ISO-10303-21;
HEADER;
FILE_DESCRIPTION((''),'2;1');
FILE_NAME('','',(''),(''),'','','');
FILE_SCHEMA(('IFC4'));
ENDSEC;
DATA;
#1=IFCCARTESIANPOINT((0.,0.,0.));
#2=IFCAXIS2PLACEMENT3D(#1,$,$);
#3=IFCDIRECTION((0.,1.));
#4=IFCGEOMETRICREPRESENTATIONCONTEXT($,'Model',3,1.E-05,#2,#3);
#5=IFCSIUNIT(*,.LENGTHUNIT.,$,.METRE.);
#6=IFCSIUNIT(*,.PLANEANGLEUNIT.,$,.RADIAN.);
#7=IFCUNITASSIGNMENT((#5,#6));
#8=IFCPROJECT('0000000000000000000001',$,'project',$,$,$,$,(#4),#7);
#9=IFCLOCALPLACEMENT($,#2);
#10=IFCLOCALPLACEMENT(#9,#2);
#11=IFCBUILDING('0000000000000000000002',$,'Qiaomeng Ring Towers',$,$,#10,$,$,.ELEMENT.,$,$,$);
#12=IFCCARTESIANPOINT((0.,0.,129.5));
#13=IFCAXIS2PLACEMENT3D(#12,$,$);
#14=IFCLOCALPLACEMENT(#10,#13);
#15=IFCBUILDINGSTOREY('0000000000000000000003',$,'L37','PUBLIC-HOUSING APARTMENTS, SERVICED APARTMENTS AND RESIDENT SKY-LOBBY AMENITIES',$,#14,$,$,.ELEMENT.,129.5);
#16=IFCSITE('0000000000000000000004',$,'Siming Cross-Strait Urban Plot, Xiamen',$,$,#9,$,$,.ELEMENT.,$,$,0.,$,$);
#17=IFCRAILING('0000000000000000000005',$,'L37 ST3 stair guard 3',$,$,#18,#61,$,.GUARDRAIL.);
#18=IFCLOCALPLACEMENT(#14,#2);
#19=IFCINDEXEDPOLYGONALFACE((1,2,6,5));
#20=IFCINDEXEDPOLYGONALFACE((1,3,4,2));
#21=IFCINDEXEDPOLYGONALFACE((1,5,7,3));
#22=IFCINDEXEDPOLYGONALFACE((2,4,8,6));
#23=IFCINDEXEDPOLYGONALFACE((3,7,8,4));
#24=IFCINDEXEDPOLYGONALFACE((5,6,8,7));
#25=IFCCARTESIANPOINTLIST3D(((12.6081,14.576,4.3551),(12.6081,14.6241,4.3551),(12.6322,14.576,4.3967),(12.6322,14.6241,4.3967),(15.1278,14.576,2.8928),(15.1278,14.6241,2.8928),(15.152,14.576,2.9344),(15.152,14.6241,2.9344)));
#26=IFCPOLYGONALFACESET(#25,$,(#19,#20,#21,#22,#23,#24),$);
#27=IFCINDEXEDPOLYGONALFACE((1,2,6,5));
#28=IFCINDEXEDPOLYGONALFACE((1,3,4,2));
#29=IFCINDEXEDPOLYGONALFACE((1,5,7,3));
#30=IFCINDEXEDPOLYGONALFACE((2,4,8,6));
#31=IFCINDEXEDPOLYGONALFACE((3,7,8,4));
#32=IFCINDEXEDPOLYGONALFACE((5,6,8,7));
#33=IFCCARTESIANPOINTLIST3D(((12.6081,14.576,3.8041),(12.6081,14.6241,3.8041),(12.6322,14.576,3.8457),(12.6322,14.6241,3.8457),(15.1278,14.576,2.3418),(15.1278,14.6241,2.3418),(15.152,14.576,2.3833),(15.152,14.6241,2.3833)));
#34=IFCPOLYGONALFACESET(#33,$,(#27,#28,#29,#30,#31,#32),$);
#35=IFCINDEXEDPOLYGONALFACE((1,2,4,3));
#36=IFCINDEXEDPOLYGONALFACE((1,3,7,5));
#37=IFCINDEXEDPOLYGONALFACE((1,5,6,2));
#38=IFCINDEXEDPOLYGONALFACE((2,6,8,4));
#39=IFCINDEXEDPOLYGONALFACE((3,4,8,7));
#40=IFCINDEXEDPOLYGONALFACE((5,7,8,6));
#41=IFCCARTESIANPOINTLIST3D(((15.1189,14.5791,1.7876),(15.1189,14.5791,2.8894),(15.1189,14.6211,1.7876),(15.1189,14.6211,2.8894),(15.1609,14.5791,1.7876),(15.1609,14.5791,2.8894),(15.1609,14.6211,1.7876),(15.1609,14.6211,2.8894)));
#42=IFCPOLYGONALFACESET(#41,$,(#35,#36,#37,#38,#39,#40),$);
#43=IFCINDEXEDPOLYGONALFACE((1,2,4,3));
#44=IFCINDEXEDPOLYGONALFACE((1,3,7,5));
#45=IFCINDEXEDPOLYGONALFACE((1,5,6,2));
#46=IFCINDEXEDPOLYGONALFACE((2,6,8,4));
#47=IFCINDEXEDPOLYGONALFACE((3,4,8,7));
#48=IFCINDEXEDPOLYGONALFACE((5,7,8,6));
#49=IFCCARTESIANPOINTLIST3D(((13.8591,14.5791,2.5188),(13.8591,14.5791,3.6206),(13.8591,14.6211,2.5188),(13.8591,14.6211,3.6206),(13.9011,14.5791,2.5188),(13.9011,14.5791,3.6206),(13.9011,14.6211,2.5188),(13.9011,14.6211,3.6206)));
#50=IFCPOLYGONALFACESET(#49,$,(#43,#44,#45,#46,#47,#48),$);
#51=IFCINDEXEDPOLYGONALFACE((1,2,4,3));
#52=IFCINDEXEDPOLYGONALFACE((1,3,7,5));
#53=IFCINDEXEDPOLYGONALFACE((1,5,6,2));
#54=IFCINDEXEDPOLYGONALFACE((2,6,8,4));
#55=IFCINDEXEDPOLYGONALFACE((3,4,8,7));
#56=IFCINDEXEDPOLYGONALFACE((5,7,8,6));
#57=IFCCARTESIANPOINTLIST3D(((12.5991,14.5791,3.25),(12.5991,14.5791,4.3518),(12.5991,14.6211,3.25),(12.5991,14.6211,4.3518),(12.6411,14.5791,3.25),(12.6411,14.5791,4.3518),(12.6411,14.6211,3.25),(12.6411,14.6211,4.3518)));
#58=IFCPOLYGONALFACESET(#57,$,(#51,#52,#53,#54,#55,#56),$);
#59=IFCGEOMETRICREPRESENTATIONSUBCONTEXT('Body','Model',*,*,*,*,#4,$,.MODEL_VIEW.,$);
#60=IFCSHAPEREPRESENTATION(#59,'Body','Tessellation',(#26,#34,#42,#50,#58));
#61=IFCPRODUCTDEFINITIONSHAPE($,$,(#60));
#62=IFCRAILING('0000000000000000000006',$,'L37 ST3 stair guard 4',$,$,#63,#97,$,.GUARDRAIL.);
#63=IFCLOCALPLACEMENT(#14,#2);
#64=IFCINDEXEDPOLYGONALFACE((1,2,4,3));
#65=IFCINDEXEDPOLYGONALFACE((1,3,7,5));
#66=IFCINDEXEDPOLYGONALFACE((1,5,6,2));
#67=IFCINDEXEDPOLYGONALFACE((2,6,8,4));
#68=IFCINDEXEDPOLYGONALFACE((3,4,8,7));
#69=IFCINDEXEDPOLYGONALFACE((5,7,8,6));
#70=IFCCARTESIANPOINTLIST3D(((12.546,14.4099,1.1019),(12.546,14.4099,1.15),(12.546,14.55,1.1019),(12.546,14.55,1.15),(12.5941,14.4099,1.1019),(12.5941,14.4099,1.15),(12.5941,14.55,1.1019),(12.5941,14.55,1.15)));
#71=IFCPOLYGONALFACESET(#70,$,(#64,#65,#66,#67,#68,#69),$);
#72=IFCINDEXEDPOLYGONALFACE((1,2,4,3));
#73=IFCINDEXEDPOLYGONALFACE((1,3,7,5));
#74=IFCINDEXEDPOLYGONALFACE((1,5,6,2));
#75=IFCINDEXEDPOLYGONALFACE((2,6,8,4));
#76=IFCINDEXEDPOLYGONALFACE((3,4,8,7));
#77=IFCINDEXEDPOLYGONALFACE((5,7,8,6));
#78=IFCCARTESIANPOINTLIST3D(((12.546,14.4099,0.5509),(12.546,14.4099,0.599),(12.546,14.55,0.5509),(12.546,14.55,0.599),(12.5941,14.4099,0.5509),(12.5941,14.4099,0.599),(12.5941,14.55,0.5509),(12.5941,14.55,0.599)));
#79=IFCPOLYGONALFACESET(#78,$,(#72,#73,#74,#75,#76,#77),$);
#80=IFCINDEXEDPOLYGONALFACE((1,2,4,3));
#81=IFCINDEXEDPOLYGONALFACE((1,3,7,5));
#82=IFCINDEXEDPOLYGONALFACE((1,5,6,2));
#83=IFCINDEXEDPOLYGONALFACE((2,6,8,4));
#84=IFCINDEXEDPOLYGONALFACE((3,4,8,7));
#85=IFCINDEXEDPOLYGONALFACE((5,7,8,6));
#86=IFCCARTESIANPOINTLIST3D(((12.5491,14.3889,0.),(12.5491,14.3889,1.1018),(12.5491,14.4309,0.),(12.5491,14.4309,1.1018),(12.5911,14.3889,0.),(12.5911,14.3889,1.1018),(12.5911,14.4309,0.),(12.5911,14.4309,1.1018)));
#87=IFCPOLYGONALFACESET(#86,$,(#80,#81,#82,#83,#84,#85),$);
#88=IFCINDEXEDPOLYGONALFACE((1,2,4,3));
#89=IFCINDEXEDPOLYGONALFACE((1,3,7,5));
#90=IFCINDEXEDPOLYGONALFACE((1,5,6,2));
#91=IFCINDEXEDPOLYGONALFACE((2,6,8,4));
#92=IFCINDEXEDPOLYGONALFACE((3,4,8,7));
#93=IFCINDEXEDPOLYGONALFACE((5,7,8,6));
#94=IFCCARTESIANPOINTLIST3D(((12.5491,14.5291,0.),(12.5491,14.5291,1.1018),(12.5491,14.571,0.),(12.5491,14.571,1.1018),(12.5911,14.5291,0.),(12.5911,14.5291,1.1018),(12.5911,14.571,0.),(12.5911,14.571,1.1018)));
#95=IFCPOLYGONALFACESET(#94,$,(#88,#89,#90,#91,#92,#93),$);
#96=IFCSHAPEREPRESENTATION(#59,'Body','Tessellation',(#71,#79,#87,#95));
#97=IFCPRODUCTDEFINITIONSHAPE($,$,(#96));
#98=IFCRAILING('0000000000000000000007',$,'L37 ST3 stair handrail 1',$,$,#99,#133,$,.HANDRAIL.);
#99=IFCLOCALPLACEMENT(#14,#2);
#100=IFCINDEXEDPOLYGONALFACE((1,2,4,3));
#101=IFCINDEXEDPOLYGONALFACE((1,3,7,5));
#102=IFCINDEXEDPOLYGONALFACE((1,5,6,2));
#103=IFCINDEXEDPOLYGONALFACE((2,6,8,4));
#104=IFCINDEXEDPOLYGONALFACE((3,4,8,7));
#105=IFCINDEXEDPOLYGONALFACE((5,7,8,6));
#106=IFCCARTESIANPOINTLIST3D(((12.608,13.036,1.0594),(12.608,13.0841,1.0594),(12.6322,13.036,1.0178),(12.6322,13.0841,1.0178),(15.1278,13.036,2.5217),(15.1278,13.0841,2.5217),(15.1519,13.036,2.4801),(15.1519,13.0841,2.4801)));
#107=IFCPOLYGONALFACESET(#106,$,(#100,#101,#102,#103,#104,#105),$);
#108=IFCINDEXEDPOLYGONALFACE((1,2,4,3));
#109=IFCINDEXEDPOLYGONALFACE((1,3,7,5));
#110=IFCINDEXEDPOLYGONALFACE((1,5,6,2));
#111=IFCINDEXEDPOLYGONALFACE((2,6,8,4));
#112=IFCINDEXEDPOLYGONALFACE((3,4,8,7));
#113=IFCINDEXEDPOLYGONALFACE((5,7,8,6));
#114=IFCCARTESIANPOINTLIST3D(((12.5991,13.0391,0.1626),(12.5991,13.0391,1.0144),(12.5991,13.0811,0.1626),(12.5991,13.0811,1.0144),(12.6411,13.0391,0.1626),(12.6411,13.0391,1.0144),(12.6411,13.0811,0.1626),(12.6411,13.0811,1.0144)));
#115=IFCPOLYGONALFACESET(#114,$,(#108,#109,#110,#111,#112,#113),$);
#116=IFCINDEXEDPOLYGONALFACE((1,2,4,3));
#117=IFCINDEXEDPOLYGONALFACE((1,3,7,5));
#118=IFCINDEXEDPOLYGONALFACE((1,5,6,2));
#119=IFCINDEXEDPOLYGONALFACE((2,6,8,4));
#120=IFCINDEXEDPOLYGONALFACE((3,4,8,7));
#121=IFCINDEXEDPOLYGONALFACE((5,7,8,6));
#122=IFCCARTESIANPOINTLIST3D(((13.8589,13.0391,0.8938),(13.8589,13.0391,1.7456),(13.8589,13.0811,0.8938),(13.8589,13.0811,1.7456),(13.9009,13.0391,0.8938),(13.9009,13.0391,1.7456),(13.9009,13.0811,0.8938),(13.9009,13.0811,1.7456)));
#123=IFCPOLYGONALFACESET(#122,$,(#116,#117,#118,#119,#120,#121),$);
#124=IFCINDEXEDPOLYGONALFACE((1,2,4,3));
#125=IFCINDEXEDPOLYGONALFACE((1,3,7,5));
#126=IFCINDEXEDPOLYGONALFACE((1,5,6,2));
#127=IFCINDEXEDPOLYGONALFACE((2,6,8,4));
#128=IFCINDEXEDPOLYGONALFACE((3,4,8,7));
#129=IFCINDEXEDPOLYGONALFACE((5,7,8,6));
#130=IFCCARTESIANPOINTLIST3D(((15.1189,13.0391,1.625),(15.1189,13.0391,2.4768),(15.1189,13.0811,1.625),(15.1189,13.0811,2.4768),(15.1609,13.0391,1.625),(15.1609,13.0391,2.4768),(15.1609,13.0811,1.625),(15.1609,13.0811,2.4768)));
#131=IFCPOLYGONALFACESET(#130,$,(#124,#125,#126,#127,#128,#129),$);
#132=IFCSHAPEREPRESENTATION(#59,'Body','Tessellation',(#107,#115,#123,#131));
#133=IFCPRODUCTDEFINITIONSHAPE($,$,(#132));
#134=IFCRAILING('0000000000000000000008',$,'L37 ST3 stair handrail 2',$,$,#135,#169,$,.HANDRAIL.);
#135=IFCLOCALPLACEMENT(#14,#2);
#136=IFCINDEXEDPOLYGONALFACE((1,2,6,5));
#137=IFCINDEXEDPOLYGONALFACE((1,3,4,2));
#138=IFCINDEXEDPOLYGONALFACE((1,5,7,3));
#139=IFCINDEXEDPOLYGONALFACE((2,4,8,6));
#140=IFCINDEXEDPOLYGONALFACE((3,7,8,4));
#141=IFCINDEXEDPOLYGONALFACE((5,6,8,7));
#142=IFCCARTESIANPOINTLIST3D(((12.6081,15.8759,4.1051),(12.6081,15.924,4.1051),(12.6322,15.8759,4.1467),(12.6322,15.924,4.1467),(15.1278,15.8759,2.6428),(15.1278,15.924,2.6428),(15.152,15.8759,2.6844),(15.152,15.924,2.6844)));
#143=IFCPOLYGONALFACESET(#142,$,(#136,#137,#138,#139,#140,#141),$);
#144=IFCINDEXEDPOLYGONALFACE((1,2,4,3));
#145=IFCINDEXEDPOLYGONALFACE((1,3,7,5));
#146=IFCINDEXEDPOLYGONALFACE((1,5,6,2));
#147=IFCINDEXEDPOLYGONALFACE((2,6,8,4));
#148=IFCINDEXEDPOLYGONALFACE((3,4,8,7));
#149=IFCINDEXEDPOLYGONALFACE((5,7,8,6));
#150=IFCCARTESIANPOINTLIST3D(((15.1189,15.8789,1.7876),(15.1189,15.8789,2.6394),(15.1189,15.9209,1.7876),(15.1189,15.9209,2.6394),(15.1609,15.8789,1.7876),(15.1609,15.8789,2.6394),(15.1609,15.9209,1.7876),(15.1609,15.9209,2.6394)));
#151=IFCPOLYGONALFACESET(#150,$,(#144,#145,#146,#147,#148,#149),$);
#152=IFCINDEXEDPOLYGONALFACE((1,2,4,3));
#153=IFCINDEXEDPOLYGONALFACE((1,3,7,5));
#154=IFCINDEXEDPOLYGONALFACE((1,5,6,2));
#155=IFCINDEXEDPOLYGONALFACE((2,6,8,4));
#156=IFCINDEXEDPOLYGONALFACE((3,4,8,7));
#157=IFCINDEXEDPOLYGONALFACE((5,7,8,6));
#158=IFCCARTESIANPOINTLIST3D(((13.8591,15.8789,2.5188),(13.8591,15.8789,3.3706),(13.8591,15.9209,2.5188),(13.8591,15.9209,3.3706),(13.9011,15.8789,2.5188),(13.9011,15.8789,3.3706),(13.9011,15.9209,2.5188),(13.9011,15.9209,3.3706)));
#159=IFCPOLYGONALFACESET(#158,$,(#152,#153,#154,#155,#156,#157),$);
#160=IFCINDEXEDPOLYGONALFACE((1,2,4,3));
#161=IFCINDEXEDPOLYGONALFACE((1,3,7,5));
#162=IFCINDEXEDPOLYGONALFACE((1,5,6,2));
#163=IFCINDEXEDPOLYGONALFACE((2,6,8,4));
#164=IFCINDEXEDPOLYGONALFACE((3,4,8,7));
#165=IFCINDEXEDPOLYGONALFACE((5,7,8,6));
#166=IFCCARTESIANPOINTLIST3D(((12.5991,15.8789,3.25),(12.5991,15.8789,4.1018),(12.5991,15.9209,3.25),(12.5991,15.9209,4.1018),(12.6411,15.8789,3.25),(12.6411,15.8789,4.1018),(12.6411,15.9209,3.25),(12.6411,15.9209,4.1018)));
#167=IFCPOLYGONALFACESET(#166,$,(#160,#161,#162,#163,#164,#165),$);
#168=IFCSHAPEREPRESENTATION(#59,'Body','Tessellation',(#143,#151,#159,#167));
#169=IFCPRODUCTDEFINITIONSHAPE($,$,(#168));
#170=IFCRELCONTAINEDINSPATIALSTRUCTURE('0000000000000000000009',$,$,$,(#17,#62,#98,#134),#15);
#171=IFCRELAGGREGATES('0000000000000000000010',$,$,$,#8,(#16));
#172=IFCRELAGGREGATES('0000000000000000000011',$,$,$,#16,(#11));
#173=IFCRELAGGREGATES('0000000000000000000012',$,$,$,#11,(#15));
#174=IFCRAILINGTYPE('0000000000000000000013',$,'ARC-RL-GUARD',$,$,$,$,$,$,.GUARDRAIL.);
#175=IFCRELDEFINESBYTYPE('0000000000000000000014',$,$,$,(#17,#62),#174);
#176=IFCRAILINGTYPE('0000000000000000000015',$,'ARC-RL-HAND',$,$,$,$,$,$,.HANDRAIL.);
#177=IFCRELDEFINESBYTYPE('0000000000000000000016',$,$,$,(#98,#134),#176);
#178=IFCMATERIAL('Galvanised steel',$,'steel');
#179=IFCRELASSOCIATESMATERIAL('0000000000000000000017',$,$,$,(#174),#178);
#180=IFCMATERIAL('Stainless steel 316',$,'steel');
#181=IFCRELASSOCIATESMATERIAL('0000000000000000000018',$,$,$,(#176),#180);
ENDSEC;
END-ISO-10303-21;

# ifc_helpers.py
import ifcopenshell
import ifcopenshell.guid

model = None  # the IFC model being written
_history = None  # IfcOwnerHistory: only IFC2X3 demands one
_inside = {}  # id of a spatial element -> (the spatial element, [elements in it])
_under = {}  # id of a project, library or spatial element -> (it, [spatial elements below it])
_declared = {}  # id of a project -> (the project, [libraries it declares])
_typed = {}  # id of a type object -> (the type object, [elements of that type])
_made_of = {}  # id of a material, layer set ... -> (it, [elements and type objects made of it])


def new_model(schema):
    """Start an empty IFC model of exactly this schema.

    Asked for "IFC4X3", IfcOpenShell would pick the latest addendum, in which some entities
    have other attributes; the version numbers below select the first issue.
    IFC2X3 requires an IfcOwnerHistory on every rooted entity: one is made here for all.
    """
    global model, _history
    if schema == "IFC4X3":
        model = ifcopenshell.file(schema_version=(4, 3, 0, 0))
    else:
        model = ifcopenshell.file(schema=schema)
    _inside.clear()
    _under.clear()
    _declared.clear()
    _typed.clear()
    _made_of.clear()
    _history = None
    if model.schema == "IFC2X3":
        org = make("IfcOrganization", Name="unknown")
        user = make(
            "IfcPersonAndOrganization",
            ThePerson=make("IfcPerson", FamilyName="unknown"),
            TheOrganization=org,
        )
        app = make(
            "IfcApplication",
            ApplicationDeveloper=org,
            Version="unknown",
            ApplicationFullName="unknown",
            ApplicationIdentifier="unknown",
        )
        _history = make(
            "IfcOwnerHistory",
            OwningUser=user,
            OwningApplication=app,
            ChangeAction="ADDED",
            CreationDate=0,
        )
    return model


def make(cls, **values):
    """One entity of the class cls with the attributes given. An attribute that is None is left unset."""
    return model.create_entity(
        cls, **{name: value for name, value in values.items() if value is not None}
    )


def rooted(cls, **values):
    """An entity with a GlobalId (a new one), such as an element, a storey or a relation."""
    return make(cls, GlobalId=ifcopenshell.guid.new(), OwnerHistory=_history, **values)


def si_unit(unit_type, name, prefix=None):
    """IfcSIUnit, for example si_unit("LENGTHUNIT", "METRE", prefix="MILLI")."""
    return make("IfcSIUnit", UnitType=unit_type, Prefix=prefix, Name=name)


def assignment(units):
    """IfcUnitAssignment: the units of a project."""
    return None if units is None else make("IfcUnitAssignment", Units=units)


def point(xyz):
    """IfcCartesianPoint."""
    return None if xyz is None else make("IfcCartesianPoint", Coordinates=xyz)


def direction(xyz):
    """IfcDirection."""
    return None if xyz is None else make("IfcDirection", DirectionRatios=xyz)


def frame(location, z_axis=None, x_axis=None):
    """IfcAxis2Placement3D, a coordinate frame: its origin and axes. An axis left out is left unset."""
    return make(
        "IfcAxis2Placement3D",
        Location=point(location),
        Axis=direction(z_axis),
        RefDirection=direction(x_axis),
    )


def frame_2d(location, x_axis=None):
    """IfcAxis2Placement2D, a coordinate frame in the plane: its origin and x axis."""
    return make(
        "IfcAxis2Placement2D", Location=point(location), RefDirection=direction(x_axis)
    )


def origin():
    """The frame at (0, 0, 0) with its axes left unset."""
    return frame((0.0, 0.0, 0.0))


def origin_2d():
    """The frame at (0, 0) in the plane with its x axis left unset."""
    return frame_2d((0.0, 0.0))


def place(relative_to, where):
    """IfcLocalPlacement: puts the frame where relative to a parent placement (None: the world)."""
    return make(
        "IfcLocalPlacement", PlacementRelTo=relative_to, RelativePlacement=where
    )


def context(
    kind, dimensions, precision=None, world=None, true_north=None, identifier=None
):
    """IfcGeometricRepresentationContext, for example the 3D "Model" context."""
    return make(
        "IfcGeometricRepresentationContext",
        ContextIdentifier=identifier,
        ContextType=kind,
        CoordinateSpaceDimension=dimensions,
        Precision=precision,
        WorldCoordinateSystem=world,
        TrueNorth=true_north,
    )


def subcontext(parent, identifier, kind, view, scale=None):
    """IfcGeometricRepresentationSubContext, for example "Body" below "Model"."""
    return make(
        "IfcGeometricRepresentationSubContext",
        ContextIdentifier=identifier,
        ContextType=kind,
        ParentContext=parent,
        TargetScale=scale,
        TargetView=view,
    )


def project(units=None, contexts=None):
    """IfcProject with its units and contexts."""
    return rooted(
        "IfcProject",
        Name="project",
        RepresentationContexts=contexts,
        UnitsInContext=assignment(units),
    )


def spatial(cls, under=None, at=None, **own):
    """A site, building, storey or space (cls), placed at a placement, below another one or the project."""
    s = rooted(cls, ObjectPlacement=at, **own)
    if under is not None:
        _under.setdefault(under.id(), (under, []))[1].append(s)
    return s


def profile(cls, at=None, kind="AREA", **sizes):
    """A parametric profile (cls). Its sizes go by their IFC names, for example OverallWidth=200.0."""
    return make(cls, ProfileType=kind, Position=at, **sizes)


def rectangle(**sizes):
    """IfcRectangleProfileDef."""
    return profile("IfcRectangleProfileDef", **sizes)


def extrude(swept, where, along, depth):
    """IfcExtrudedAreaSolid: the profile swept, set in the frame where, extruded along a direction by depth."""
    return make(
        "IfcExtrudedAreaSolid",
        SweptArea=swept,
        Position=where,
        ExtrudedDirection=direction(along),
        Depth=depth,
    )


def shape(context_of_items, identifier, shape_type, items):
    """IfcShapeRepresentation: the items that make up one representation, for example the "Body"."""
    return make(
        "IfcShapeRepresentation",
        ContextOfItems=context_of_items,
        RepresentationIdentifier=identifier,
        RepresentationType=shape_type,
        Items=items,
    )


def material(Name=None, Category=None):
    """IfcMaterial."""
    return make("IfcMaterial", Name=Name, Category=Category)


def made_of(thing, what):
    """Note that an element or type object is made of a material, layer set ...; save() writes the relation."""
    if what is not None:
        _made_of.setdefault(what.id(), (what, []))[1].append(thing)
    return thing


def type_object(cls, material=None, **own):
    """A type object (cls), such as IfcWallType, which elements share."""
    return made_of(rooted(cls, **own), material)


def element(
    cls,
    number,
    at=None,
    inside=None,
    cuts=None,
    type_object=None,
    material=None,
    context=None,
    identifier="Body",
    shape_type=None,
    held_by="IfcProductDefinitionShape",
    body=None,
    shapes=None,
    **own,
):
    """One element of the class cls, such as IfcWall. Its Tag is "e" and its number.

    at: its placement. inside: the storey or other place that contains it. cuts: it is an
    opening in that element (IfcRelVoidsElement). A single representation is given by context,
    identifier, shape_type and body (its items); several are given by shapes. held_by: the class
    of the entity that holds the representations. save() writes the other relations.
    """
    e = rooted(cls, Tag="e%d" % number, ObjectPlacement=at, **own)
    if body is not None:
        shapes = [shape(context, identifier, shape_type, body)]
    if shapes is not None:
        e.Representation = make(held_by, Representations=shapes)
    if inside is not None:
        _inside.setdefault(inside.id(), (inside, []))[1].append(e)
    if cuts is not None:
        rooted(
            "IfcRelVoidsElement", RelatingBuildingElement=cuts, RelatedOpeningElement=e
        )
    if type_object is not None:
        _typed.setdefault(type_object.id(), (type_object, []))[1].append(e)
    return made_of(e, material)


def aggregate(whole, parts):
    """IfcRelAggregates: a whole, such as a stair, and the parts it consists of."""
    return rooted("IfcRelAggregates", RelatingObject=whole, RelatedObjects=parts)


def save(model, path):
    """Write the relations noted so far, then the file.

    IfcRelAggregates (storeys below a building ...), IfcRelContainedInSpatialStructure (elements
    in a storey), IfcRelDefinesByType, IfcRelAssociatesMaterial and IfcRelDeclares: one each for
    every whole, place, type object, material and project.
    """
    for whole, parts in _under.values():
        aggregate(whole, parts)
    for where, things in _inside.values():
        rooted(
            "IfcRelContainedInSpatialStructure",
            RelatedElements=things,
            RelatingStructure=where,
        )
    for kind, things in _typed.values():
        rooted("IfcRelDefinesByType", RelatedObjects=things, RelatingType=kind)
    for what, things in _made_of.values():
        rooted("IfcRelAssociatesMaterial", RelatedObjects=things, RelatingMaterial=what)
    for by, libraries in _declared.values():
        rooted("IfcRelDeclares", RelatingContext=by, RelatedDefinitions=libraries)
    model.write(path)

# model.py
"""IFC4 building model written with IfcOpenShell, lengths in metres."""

from ifc_helpers import new_model, si_unit, direction, frame, origin, origin_2d, place, context, subcontext, project, spatial, rectangle, extrude, material, type_object, element, save


model = new_model("IFC4")

# Units and contexts
model_context = context("Model", 3, precision=1e-05, world=origin(), true_north=direction((0.0, 1.0)))
body_context = subcontext(model_context, "Body", "Model", "MODEL_VIEW")
ifc_project = project(units=[si_unit("LENGTHUNIT", "METRE"), si_unit("PLANEANGLEUNIT", "RADIAN")], contexts=[model_context])

# Site, building, storey
site_placement = place(None, origin())
site = spatial("IfcSite", under=ifc_project, at=site_placement, Name="Siming Cross-Strait Urban Plot, Xiamen", CompositionType="ELEMENT", RefElevation=0.0)
building_placement = place(site_placement, origin())
building = spatial("IfcBuilding", under=site, at=building_placement, Name="Qiaomeng Ring Towers", CompositionType="ELEMENT")
storey_placement = place(building_placement, frame((0.0, 0.0, 129.5)))
storey = spatial("IfcBuildingStorey", under=building, at=storey_placement, Name="L37", Description="PUBLIC-HOUSING APARTMENTS, SERVICED APARTMENTS AND RESIDENT SKY-LOBBY AMENITIES", CompositionType="ELEMENT", Elevation=129.5)

# Shared definitions
ifc_material_1 = material(Name="Galvanised steel", Category="steel")

# Railings
railing_type_1 = type_object("IfcRailingType", Name="ARC-RL-GUARD", PredefinedType="GUARDRAIL", material=ifc_material_1)
railing_1_placement = place(storey_placement, frame((15.1399, 14.6001, 1.7876)))
element("IfcRailing", 1, at=railing_1_placement, inside=storey, type_object=railing_type_1, Name="L37 ST3 stair guard 3", PredefinedType="GUARDRAIL", context=body_context, shape_type="SweptSolid", body=[
    extrude(rectangle(XDim=0.0481, YDim=0.0481, at=origin_2d()), frame((0.0, 0.0, 1.126), z_axis=(-0.864892, 0.0, 0.501958), x_axis=(0.0, -1.0, 0.0)), (0.0, 0.0, 1.0), 2.9133),
    extrude(rectangle(XDim=0.0481, YDim=0.0481, at=origin_2d()), frame((0.0, 0.0, 0.575), z_axis=(-0.864892, 0.0, 0.501958), x_axis=(0.0, -1.0, 0.0)), (0.0, 0.0, 1.0), 2.9133),
    extrude(rectangle(XDim=0.042, YDim=0.042, at=origin_2d()), origin(), (0.0, 0.0, 1.0), 1.1018),
    extrude(rectangle(XDim=0.042, YDim=0.042, at=origin_2d()), frame((-1.2598, 0.0, 0.7312)), (0.0, 0.0, 1.0), 1.1018),
    extrude(rectangle(XDim=0.042, YDim=0.042, at=origin_2d()), frame((-2.5198, 0.0, 1.4624)), (0.0, 0.0, 1.0), 1.1018),
])
railing_2_placement = place(storey_placement, frame((12.5701, 14.4099, 0.0)))
element("IfcRailing", 2, at=railing_2_placement, inside=storey, type_object=railing_type_1, Name="L37 ST3 stair guard 4", PredefinedType="GUARDRAIL", context=body_context, shape_type="SweptSolid", body=[
    extrude(rectangle(XDim=0.0481, YDim=0.0481, at=origin_2d()), frame((0.0, 0.0, 1.126), z_axis=(0.0, 1.0, 0.0), x_axis=(-1.0, 0.0, 0.0)), (0.0, 0.0, 1.0), 0.1401),
    extrude(rectangle(XDim=0.0481, YDim=0.0481, at=origin_2d()), frame((0.0, 0.0, 0.575), z_axis=(0.0, 1.0, 0.0), x_axis=(-1.0, 0.0, 0.0)), (0.0, 0.0, 1.0), 0.1401),
    extrude(rectangle(XDim=0.042, YDim=0.042, at=origin_2d()), origin(), (0.0, 0.0, 1.0), 1.1018),
    extrude(rectangle(XDim=0.042, YDim=0.042, at=origin_2d()), frame((0.0, 0.1401, 0.0)), (0.0, 0.0, 1.0), 1.1018),
])
ifc_material_2 = material(Name="Stainless steel 316", Category="steel")
railing_type_2 = type_object("IfcRailingType", Name="ARC-RL-HAND", PredefinedType="HANDRAIL", material=ifc_material_2)
railing_3_placement = place(storey_placement, frame((12.6201, 13.0601, 0.1626)))
element("IfcRailing", 3, at=railing_3_placement, inside=storey, type_object=railing_type_2, Name="L37 ST3 stair handrail 1", PredefinedType="HANDRAIL", context=body_context, shape_type="SweptSolid", body=[
    extrude(rectangle(XDim=0.0481, YDim=0.0481, at=origin_2d()), frame((0.0, 0.0, 0.876), z_axis=(0.864892, 0.0, 0.501958), x_axis=(0.0, 1.0, 0.0)), (0.0, 0.0, 1.0), 2.9133),
    extrude(rectangle(XDim=0.042, YDim=0.042, at=origin_2d()), origin(), (0.0, 0.0, 1.0), 0.8518),
    extrude(rectangle(XDim=0.042, YDim=0.042, at=origin_2d()), frame((1.2598, 0.0, 0.7312)), (0.0, 0.0, 1.0), 0.8518),
    extrude(rectangle(XDim=0.042, YDim=0.042, at=origin_2d()), frame((2.5198, 0.0, 1.4624)), (0.0, 0.0, 1.0), 0.8518),
])
railing_4_placement = place(storey_placement, frame((15.1399, 15.8999, 1.7876)))
element("IfcRailing", 4, at=railing_4_placement, inside=storey, type_object=railing_type_2, Name="L37 ST3 stair handrail 2", PredefinedType="HANDRAIL", context=body_context, shape_type="SweptSolid", body=[
    extrude(rectangle(XDim=0.0481, YDim=0.0481, at=origin_2d()), frame((0.0, 0.0, 0.876), z_axis=(-0.864892, 0.0, 0.501958), x_axis=(0.0, -1.0, 0.0)), (0.0, 0.0, 1.0), 2.9133),
    extrude(rectangle(XDim=0.042, YDim=0.042, at=origin_2d()), origin(), (0.0, 0.0, 1.0), 0.8518),
    extrude(rectangle(XDim=0.042, YDim=0.042, at=origin_2d()), frame((-1.2598, 0.0, 0.7312)), (0.0, 0.0, 1.0), 0.8518),
    extrude(rectangle(XDim=0.042, YDim=0.042, at=origin_2d()), frame((-2.5198, 0.0, 1.4624)), (0.0, 0.0, 1.0), 0.8518),
])

save(model, "model.ifc")
